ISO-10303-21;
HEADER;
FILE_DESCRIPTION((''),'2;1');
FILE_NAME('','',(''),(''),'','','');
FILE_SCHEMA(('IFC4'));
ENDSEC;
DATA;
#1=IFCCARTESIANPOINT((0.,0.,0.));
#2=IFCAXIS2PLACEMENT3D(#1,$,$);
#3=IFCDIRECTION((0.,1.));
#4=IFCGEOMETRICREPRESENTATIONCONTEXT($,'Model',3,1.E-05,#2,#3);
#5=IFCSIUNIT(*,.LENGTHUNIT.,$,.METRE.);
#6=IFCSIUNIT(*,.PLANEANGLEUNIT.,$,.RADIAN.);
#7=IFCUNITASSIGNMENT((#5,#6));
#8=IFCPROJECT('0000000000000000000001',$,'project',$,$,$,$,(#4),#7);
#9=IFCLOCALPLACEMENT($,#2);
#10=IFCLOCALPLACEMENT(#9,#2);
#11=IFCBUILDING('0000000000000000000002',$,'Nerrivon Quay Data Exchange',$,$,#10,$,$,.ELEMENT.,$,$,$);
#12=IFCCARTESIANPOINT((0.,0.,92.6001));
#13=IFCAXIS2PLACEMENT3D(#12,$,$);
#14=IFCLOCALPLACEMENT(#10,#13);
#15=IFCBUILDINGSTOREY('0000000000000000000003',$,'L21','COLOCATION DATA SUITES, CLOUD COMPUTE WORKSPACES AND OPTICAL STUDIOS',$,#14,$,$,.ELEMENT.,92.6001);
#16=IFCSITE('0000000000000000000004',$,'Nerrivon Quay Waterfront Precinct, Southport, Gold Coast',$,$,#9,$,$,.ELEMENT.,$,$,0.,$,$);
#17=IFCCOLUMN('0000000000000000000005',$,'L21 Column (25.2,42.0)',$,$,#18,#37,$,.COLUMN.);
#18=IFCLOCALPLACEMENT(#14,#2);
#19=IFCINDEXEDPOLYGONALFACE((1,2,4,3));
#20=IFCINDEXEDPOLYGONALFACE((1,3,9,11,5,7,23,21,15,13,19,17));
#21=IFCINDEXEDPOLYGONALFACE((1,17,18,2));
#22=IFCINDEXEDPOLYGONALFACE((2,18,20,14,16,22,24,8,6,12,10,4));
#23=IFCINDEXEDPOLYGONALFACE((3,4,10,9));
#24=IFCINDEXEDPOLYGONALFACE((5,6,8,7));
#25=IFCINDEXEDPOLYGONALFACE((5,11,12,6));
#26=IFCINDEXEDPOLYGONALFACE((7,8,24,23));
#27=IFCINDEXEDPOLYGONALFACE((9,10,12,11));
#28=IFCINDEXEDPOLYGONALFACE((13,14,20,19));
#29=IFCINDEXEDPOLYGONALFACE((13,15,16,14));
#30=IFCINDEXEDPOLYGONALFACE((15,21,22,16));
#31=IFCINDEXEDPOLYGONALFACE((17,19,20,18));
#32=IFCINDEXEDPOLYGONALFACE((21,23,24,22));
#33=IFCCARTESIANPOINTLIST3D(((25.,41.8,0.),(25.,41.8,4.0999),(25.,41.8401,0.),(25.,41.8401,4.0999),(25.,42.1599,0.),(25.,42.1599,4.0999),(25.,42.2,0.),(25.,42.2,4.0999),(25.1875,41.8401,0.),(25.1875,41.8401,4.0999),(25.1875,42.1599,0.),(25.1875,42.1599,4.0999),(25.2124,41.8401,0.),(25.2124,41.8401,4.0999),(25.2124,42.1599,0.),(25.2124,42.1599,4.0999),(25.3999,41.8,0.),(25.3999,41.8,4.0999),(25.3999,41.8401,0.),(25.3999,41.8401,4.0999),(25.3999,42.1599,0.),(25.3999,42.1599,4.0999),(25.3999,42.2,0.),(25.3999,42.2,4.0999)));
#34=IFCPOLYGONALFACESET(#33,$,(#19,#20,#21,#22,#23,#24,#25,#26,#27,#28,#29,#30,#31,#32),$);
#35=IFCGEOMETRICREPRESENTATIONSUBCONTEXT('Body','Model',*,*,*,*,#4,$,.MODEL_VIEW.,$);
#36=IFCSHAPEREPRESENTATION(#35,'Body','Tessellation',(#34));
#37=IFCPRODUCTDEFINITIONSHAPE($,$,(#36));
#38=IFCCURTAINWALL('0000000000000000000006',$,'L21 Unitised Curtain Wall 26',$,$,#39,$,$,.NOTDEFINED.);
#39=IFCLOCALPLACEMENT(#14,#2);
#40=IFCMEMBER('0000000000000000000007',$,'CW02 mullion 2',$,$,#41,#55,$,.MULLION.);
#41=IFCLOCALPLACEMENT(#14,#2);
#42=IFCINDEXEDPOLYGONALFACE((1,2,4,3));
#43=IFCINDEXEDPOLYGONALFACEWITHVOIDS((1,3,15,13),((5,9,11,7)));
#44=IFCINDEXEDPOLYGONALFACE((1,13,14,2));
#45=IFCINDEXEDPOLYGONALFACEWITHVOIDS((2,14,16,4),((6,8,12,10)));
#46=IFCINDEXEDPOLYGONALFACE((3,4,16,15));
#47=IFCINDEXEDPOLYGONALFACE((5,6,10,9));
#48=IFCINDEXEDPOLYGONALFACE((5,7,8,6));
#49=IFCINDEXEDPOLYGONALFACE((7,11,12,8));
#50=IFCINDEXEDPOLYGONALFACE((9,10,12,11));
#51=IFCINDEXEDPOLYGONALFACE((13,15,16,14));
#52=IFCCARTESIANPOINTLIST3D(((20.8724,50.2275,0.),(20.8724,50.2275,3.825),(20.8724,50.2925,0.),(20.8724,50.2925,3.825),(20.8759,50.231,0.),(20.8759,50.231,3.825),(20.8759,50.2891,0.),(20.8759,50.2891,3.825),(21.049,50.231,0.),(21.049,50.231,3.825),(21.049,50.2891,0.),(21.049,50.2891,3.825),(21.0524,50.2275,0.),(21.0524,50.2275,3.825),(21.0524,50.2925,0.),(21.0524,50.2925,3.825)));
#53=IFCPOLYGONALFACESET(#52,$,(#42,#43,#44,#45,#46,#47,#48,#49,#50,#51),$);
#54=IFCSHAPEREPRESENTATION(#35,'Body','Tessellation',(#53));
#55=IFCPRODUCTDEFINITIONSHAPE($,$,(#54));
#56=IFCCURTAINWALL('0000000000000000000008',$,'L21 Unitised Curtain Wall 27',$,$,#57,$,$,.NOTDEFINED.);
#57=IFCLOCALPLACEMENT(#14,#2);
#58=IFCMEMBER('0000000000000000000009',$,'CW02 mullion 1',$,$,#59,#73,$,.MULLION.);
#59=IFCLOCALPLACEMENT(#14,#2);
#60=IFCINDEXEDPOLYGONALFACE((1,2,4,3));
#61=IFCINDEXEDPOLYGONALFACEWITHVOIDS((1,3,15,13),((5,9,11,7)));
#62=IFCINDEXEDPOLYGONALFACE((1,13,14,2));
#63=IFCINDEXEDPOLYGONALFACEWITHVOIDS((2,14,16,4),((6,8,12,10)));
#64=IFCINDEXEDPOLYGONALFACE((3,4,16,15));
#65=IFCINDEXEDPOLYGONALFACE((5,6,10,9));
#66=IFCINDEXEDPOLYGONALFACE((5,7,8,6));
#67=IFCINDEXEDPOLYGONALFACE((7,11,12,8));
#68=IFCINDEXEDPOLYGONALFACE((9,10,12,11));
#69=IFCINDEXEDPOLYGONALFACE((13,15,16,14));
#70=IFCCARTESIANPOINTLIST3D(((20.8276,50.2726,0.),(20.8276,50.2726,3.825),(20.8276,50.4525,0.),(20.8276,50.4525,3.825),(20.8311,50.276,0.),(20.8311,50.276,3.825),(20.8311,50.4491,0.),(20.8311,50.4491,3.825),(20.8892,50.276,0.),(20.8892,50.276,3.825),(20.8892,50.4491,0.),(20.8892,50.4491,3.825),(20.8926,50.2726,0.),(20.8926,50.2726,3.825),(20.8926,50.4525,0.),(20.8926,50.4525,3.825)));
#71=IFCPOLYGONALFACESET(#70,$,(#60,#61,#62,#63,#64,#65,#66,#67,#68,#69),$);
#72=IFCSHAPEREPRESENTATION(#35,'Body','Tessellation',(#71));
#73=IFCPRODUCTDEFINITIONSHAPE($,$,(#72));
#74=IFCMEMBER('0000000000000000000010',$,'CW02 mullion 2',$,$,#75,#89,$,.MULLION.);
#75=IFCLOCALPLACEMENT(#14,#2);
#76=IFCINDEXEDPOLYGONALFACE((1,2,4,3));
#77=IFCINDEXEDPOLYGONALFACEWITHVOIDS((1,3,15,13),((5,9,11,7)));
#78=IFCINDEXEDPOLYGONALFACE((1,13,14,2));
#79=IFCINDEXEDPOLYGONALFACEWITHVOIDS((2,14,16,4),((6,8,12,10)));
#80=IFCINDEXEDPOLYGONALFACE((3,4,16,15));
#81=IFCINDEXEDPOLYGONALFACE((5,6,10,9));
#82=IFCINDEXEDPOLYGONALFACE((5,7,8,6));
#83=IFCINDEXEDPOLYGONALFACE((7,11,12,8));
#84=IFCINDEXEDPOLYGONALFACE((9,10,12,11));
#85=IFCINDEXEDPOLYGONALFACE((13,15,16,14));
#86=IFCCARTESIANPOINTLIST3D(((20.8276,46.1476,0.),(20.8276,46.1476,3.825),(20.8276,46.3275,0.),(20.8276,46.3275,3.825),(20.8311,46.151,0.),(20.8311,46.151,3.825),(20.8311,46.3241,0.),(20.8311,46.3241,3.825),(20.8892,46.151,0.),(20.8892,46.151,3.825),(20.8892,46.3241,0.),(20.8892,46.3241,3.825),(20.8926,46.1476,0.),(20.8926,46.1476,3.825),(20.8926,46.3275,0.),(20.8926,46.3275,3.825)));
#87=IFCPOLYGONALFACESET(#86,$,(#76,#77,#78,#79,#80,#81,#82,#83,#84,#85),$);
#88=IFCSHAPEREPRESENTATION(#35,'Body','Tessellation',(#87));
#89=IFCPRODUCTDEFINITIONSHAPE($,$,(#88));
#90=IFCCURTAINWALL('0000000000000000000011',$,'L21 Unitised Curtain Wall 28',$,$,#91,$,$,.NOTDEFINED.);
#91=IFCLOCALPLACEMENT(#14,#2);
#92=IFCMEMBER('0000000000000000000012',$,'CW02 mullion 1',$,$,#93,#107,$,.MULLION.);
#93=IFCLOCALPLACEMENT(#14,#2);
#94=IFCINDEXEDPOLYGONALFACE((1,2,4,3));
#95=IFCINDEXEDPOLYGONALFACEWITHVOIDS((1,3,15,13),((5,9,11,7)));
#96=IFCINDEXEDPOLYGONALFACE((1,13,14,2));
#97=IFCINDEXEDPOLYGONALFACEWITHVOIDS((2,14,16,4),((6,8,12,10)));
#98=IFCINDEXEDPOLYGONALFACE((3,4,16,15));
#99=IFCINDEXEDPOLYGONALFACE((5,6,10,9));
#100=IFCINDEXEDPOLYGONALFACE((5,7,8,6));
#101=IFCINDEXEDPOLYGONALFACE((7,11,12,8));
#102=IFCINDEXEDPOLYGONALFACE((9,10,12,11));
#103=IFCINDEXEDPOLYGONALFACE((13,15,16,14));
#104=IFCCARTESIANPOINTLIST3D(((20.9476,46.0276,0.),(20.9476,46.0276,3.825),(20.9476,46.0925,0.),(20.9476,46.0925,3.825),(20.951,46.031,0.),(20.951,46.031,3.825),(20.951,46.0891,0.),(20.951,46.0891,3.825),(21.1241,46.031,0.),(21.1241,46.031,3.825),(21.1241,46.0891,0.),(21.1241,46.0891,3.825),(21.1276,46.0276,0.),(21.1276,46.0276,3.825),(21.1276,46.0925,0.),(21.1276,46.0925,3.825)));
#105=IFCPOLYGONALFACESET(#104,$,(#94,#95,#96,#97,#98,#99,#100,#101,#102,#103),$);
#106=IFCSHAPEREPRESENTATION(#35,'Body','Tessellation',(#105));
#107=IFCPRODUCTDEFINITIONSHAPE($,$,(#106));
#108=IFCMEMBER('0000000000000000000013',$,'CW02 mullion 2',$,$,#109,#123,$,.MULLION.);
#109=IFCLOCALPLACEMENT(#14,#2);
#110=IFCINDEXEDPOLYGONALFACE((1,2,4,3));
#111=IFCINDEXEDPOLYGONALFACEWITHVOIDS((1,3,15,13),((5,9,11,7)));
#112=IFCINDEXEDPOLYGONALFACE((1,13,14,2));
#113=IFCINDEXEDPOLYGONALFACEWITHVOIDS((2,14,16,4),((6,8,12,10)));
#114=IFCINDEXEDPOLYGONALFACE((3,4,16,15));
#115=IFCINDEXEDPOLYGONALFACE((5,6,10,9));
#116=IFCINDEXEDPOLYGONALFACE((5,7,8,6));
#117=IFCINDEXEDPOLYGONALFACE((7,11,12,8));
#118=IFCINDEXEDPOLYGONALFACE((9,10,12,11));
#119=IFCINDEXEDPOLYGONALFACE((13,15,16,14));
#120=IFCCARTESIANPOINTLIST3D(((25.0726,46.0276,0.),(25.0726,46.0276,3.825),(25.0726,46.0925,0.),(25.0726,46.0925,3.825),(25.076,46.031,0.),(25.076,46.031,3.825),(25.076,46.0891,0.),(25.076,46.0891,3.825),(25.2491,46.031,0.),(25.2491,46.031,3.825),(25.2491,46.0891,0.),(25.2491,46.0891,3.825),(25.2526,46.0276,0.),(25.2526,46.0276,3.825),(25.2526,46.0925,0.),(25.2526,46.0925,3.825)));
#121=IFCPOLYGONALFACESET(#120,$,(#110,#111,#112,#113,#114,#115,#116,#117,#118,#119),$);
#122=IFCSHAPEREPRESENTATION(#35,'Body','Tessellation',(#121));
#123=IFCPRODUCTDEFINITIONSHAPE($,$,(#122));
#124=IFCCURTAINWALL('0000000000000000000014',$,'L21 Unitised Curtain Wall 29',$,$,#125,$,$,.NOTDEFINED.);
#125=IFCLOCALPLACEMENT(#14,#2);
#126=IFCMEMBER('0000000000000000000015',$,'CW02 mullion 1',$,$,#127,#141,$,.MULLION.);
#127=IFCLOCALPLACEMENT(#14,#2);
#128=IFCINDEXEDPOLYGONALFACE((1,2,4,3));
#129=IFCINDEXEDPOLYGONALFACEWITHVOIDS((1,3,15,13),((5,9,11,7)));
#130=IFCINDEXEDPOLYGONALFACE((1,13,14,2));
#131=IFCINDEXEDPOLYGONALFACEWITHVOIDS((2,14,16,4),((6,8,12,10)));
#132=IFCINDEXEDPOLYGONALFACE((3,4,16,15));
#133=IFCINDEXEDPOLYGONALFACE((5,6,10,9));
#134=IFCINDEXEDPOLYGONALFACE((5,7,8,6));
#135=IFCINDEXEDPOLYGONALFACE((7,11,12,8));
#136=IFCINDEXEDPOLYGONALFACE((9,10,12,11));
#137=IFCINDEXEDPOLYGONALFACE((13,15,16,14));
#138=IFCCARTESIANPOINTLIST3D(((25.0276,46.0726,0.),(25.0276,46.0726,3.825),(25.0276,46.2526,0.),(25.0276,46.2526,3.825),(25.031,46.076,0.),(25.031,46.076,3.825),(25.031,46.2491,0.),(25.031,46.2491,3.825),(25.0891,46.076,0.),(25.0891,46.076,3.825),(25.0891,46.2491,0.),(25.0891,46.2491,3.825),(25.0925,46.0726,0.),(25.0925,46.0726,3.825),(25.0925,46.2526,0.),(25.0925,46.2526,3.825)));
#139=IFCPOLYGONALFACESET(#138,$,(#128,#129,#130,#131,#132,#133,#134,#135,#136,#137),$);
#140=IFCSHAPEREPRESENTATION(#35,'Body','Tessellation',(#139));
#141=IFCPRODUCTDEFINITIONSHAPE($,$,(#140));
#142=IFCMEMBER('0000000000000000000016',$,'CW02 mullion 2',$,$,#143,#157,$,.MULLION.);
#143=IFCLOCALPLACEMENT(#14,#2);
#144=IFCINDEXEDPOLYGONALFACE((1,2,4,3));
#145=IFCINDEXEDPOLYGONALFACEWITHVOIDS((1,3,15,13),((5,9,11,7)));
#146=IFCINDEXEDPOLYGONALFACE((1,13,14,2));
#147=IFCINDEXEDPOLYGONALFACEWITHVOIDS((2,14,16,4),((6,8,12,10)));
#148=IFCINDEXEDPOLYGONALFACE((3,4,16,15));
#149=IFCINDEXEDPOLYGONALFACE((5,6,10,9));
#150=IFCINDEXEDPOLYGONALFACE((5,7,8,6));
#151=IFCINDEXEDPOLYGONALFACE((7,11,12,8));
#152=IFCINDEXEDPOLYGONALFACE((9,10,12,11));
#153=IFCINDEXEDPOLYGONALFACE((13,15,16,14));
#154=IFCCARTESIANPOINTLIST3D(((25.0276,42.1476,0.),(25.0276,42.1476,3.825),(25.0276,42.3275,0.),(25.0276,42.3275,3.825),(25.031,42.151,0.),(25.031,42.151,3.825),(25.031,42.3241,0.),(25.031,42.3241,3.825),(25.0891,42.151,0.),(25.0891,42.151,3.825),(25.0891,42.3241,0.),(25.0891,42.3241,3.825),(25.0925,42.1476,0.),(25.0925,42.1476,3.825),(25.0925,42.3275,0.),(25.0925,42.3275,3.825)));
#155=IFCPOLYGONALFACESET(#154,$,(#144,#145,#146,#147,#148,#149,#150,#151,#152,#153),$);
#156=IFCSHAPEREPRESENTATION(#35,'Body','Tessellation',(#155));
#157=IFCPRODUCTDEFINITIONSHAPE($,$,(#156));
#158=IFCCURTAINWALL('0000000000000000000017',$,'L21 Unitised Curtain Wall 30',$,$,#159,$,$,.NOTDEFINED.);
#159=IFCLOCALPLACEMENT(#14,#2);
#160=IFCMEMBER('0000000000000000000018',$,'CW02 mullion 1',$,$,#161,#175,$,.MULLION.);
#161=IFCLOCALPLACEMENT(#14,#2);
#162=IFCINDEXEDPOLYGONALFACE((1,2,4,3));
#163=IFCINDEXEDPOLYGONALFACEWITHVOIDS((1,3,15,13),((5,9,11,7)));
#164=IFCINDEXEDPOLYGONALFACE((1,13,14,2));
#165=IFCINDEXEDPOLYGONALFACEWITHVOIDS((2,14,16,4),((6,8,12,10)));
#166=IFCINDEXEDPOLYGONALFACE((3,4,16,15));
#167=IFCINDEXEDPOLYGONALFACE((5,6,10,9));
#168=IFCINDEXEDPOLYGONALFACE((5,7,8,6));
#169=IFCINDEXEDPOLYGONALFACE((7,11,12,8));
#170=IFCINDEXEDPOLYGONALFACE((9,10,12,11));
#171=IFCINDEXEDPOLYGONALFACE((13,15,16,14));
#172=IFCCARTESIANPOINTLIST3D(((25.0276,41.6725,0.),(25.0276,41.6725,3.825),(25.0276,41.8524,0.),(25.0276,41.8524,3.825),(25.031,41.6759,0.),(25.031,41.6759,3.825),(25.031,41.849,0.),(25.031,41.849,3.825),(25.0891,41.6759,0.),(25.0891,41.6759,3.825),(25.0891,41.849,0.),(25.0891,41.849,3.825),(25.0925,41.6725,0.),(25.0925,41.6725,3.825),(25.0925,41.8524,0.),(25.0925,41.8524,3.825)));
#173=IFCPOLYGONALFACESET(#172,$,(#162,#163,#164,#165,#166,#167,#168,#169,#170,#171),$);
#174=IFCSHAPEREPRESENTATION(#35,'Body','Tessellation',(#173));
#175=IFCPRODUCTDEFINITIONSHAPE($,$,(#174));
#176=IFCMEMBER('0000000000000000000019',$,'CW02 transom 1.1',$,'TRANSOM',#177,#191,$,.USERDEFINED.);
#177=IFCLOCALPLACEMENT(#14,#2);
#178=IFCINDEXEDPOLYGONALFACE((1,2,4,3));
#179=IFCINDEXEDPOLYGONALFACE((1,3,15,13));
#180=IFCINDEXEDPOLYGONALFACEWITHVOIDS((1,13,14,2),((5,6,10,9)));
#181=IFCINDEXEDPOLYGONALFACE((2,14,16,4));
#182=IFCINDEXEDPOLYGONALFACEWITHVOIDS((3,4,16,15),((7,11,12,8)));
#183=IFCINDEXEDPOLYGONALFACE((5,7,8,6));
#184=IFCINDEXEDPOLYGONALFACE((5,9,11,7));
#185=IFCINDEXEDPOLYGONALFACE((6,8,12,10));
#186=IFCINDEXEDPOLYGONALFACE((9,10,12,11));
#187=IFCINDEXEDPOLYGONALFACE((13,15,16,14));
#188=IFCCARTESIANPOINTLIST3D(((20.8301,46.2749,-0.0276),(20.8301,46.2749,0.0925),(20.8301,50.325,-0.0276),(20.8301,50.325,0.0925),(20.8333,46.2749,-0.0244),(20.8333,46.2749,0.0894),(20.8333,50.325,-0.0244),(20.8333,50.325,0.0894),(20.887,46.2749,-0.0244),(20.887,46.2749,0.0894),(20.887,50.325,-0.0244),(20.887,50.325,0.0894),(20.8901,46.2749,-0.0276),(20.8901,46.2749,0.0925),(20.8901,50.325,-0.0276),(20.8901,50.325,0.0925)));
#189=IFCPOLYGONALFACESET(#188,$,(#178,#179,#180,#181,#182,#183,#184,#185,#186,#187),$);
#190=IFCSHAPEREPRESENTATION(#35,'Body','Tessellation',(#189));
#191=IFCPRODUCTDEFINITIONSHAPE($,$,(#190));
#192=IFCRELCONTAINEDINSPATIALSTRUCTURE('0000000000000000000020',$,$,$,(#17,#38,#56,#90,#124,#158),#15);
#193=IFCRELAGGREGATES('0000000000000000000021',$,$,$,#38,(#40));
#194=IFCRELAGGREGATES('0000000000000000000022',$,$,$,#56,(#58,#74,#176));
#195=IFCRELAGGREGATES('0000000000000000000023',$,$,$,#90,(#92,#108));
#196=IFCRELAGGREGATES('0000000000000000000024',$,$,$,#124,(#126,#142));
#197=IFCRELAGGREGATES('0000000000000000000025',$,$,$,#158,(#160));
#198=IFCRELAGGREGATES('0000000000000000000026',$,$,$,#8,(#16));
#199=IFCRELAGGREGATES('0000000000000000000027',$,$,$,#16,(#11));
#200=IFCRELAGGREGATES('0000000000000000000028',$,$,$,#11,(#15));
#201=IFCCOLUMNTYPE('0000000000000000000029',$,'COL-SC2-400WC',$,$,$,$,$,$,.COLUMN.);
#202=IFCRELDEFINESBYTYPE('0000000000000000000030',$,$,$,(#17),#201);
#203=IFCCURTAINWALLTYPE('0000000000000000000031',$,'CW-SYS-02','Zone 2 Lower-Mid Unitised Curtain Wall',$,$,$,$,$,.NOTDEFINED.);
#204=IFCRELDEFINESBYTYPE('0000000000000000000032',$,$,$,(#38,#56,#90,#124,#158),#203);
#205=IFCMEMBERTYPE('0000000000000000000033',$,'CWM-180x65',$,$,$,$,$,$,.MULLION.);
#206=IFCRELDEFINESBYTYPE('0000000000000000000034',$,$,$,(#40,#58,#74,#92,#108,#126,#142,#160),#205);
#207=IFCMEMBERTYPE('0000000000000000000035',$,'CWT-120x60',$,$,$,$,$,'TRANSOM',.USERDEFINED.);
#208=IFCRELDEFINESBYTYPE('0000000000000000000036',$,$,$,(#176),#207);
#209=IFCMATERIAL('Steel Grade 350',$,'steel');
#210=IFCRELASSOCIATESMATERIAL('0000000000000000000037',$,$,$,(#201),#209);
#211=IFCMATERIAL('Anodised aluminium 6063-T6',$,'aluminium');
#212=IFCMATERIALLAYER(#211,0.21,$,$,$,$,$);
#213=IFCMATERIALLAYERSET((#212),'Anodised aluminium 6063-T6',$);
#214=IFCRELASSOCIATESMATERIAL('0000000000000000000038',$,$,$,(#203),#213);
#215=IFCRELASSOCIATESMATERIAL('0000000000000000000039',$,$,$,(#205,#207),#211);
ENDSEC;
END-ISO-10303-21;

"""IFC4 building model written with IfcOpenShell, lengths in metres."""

from ifc_helpers import new_model, si_unit, direction, frame, origin, origin_2d, place, context, subcontext, project, spatial, hollow_rectangle, i_section, extrude, material, layer, layer_set, material_profile, profile_set, type_object, element, aggregate, save


model = new_model("IFC4")

# Units and contexts
model_context = context("Model", 3, precision=1e-05, world=origin(), true_north=direction((0.0, 1.0)))
body_context = subcontext(model_context, "Body", "Model", "MODEL_VIEW")
ifc_project = project(units=[si_unit("LENGTHUNIT", "METRE"), si_unit("PLANEANGLEUNIT", "RADIAN")], contexts=[model_context])

# Site, building, storey
site_placement = place(None, origin())
site = spatial("IfcSite", under=ifc_project, at=site_placement, Name="Nerrivon Quay Waterfront Precinct, Southport, Gold Coast", CompositionType="ELEMENT", RefElevation=0.0)
building_placement = place(site_placement, origin())
building = spatial("IfcBuilding", under=site, at=building_placement, Name="Nerrivon Quay Data Exchange", CompositionType="ELEMENT")
storey_placement = place(building_placement, frame((0.0, 0.0, 92.6001)))
storey = spatial("IfcBuildingStorey", under=building, at=storey_placement, Name="L21", Description="COLOCATION DATA SUITES, CLOUD COMPUTE WORKSPACES AND OPTICAL STUDIOS", CompositionType="ELEMENT", Elevation=92.6001)

# Column
ifc_material_1 = material(Name="Steel Grade 350", Category="steel")
ifc_material_profile_1 = material_profile(ifc_material_1, i_section(OverallWidth=0.3999, OverallDepth=0.3999, WebThickness=0.0249, FlangeThickness=0.04, at=origin_2d()), Name="400WC328")
ifc_profile_set_1 = profile_set([ifc_material_profile_1], Name="Steel Grade 350")
column_type = type_object("IfcColumnType", Name="COL-SC2-400WC", PredefinedType="COLUMN", material=ifc_profile_set_1)
column_placement = place(storey_placement, frame((25.2, 42.0, 0.0), z_axis=(0.0, 0.0, 1.0), x_axis=(1.0, 0.0, 0.0)))
element("IfcColumn", 1, at=column_placement, inside=storey, type_object=column_type, Name="L21 Column (25.2,42.0)", PredefinedType="COLUMN", context=body_context, shape_type="SweptSolid", body=[
    extrude(i_section(OverallWidth=0.3999, OverallDepth=0.3999, WebThickness=0.0249, FlangeThickness=0.04, at=origin_2d()), origin(), (0.0, 0.0, 1.0), 4.0999),
])

# Curtain wall, member
ifc_material_2 = material(Name="Anodised aluminium 6063-T6", Category="aluminium")
ifc_layer_1 = layer(ifc_material_2, 0.21)
ifc_layer_set_1 = layer_set([ifc_layer_1], Name="Anodised aluminium 6063-T6")
curtain_wall_type = type_object("IfcCurtainWallType", Name="CW-SYS-02", Description="Zone 2 Lower-Mid Unitised Curtain Wall", PredefinedType="NOTDEFINED", material=ifc_layer_set_1)
curtain_wall_1_placement = place(storey_placement, origin())
curtain_wall_1 = element("IfcCurtainWall", 2, at=curtain_wall_1_placement, inside=storey, type_object=curtain_wall_type, Name="L21 Unitised Curtain Wall 26", PredefinedType="NOTDEFINED")
ifc_material_profile_2 = material_profile(ifc_material_2, hollow_rectangle(XDim=0.0649, YDim=0.1799, WallThickness=0.0034, at=origin_2d()), Name="ALU-MULL-180x65")
ifc_profile_set_2 = profile_set([ifc_material_profile_2], Name="Anodised aluminium 6063-T6")
member_type_1 = type_object("IfcMemberType", Name="CWM-180x65", PredefinedType="MULLION", material=ifc_profile_set_2)
member_1_placement = place(storey_placement, frame((20.9624, 50.26, 0.0), z_axis=(0.0, 0.0, 1.0), x_axis=(0.0, 1.0, 0.0)))
member_1 = element("IfcMember", 3, at=member_1_placement, type_object=member_type_1, Name="CW02 mullion 2", PredefinedType="MULLION", context=body_context, shape_type="SweptSolid", body=[
    extrude(hollow_rectangle(XDim=0.0649, YDim=0.1799, WallThickness=0.0034, at=origin_2d()), origin(), (0.0, 0.0, 1.0), 3.825),
])

# Curtain walls, members
curtain_wall_2_placement = place(storey_placement, origin())
curtain_wall_2 = element("IfcCurtainWall", 4, at=curtain_wall_2_placement, inside=storey, type_object=curtain_wall_type, Name="L21 Unitised Curtain Wall 27", PredefinedType="NOTDEFINED")
member_2_placement = place(storey_placement, frame((20.8601, 50.3625, 0.0), z_axis=(0.0, 0.0, 1.0), x_axis=(1.0, 0.0, 0.0)))
member_2 = element("IfcMember", 5, at=member_2_placement, type_object=member_type_1, Name="CW02 mullion 1", PredefinedType="MULLION", context=body_context, shape_type="SweptSolid", body=[
    extrude(hollow_rectangle(XDim=0.0649, YDim=0.1799, WallThickness=0.0034, at=origin_2d()), origin(), (0.0, 0.0, 1.0), 3.825),
])
member_3_placement = place(storey_placement, frame((20.8601, 46.2375, 0.0), z_axis=(0.0, 0.0, 1.0), x_axis=(1.0, 0.0, 0.0)))
member_3 = element("IfcMember", 6, at=member_3_placement, type_object=member_type_1, Name="CW02 mullion 2", PredefinedType="MULLION", context=body_context, shape_type="SweptSolid", body=[
    extrude(hollow_rectangle(XDim=0.0649, YDim=0.1799, WallThickness=0.0034, at=origin_2d()), origin(), (0.0, 0.0, 1.0), 3.825),
])
curtain_wall_3_placement = place(storey_placement, origin())
curtain_wall_3 = element("IfcCurtainWall", 7, at=curtain_wall_3_placement, inside=storey, type_object=curtain_wall_type, Name="L21 Unitised Curtain Wall 28", PredefinedType="NOTDEFINED")
member_4_placement = place(storey_placement, frame((21.0376, 46.0601, 0.0), z_axis=(0.0, 0.0, 1.0), x_axis=(0.0, 1.0, 0.0)))
member_4 = element("IfcMember", 8, at=member_4_placement, type_object=member_type_1, Name="CW02 mullion 1", PredefinedType="MULLION", context=body_context, shape_type="SweptSolid", body=[
    extrude(hollow_rectangle(XDim=0.0649, YDim=0.1799, WallThickness=0.0034, at=origin_2d()), origin(), (0.0, 0.0, 1.0), 3.825),
])
member_5_placement = place(storey_placement, frame((25.1626, 46.0601, 0.0), z_axis=(0.0, 0.0, 1.0), x_axis=(0.0, 1.0, 0.0)))
member_5 = element("IfcMember", 9, at=member_5_placement, type_object=member_type_1, Name="CW02 mullion 2", PredefinedType="MULLION", context=body_context, shape_type="SweptSolid", body=[
    extrude(hollow_rectangle(XDim=0.0649, YDim=0.1799, WallThickness=0.0034, at=origin_2d()), origin(), (0.0, 0.0, 1.0), 3.825),
])
curtain_wall_4_placement = place(storey_placement, origin())
curtain_wall_4 = element("IfcCurtainWall", 10, at=curtain_wall_4_placement, inside=storey, type_object=curtain_wall_type, Name="L21 Unitised Curtain Wall 29", PredefinedType="NOTDEFINED")
member_6_placement = place(storey_placement, frame((25.0601, 46.1626, 0.0), z_axis=(0.0, 0.0, 1.0), x_axis=(1.0, 0.0, 0.0)))
member_6 = element("IfcMember", 11, at=member_6_placement, type_object=member_type_1, Name="CW02 mullion 1", PredefinedType="MULLION", context=body_context, shape_type="SweptSolid", body=[
    extrude(hollow_rectangle(XDim=0.0649, YDim=0.1799, WallThickness=0.0034, at=origin_2d()), origin(), (0.0, 0.0, 1.0), 3.825),
])
member_7_placement = place(storey_placement, frame((25.0601, 42.2375, 0.0), z_axis=(0.0, 0.0, 1.0), x_axis=(1.0, 0.0, 0.0)))
member_7 = element("IfcMember", 12, at=member_7_placement, type_object=member_type_1, Name="CW02 mullion 2", PredefinedType="MULLION", context=body_context, shape_type="SweptSolid", body=[
    extrude(hollow_rectangle(XDim=0.0649, YDim=0.1799, WallThickness=0.0034, at=origin_2d()), origin(), (0.0, 0.0, 1.0), 3.825),
])

# Curtain wall, member
curtain_wall_5_placement = place(storey_placement, origin())
curtain_wall_5 = element("IfcCurtainWall", 13, at=curtain_wall_5_placement, inside=storey, type_object=curtain_wall_type, Name="L21 Unitised Curtain Wall 30", PredefinedType="NOTDEFINED")
member_8_placement = place(storey_placement, frame((25.0601, 41.7625, 0.0), z_axis=(0.0, 0.0, 1.0), x_axis=(1.0, 0.0, 0.0)))
member_8 = element("IfcMember", 14, at=member_8_placement, type_object=member_type_1, Name="CW02 mullion 1", PredefinedType="MULLION", context=body_context, shape_type="SweptSolid", body=[
    extrude(hollow_rectangle(XDim=0.0649, YDim=0.1799, WallThickness=0.0034, at=origin_2d()), origin(), (0.0, 0.0, 1.0), 3.825),
])

# Member
ifc_material_profile_3 = material_profile(ifc_material_2, hollow_rectangle(XDim=0.0601, YDim=0.1201, WallThickness=0.0032, at=origin_2d()), Name="ALU-TRAN-120x60")
ifc_profile_set_3 = profile_set([ifc_material_profile_3], Name="Anodised aluminium 6063-T6")
member_type_2 = type_object("IfcMemberType", Name="CWT-120x60", ElementType="TRANSOM", PredefinedType="USERDEFINED", material=ifc_profile_set_3)
member_9_placement = place(storey_placement, frame((20.8601, 50.325, 0.0325), z_axis=(0.0, -1.0, 0.0), x_axis=(1.0, 0.0, 0.0)))
member_9 = element("IfcMember", 15, at=member_9_placement, type_object=member_type_2, Name="CW02 transom 1.1", ObjectType="TRANSOM", PredefinedType="USERDEFINED", context=body_context, shape_type="SweptSolid", body=[
    extrude(hollow_rectangle(XDim=0.0601, YDim=0.1201, WallThickness=0.0032, at=origin_2d()), origin(), (0.0, 0.0, 1.0), 4.05),
])

aggregate(curtain_wall_1, [member_1])
aggregate(curtain_wall_2, [member_2, member_3, member_9])
aggregate(curtain_wall_3, [member_4, member_5])
aggregate(curtain_wall_4, [member_6, member_7])
aggregate(curtain_wall_5, [member_8])

save(model, "model.ifc")
